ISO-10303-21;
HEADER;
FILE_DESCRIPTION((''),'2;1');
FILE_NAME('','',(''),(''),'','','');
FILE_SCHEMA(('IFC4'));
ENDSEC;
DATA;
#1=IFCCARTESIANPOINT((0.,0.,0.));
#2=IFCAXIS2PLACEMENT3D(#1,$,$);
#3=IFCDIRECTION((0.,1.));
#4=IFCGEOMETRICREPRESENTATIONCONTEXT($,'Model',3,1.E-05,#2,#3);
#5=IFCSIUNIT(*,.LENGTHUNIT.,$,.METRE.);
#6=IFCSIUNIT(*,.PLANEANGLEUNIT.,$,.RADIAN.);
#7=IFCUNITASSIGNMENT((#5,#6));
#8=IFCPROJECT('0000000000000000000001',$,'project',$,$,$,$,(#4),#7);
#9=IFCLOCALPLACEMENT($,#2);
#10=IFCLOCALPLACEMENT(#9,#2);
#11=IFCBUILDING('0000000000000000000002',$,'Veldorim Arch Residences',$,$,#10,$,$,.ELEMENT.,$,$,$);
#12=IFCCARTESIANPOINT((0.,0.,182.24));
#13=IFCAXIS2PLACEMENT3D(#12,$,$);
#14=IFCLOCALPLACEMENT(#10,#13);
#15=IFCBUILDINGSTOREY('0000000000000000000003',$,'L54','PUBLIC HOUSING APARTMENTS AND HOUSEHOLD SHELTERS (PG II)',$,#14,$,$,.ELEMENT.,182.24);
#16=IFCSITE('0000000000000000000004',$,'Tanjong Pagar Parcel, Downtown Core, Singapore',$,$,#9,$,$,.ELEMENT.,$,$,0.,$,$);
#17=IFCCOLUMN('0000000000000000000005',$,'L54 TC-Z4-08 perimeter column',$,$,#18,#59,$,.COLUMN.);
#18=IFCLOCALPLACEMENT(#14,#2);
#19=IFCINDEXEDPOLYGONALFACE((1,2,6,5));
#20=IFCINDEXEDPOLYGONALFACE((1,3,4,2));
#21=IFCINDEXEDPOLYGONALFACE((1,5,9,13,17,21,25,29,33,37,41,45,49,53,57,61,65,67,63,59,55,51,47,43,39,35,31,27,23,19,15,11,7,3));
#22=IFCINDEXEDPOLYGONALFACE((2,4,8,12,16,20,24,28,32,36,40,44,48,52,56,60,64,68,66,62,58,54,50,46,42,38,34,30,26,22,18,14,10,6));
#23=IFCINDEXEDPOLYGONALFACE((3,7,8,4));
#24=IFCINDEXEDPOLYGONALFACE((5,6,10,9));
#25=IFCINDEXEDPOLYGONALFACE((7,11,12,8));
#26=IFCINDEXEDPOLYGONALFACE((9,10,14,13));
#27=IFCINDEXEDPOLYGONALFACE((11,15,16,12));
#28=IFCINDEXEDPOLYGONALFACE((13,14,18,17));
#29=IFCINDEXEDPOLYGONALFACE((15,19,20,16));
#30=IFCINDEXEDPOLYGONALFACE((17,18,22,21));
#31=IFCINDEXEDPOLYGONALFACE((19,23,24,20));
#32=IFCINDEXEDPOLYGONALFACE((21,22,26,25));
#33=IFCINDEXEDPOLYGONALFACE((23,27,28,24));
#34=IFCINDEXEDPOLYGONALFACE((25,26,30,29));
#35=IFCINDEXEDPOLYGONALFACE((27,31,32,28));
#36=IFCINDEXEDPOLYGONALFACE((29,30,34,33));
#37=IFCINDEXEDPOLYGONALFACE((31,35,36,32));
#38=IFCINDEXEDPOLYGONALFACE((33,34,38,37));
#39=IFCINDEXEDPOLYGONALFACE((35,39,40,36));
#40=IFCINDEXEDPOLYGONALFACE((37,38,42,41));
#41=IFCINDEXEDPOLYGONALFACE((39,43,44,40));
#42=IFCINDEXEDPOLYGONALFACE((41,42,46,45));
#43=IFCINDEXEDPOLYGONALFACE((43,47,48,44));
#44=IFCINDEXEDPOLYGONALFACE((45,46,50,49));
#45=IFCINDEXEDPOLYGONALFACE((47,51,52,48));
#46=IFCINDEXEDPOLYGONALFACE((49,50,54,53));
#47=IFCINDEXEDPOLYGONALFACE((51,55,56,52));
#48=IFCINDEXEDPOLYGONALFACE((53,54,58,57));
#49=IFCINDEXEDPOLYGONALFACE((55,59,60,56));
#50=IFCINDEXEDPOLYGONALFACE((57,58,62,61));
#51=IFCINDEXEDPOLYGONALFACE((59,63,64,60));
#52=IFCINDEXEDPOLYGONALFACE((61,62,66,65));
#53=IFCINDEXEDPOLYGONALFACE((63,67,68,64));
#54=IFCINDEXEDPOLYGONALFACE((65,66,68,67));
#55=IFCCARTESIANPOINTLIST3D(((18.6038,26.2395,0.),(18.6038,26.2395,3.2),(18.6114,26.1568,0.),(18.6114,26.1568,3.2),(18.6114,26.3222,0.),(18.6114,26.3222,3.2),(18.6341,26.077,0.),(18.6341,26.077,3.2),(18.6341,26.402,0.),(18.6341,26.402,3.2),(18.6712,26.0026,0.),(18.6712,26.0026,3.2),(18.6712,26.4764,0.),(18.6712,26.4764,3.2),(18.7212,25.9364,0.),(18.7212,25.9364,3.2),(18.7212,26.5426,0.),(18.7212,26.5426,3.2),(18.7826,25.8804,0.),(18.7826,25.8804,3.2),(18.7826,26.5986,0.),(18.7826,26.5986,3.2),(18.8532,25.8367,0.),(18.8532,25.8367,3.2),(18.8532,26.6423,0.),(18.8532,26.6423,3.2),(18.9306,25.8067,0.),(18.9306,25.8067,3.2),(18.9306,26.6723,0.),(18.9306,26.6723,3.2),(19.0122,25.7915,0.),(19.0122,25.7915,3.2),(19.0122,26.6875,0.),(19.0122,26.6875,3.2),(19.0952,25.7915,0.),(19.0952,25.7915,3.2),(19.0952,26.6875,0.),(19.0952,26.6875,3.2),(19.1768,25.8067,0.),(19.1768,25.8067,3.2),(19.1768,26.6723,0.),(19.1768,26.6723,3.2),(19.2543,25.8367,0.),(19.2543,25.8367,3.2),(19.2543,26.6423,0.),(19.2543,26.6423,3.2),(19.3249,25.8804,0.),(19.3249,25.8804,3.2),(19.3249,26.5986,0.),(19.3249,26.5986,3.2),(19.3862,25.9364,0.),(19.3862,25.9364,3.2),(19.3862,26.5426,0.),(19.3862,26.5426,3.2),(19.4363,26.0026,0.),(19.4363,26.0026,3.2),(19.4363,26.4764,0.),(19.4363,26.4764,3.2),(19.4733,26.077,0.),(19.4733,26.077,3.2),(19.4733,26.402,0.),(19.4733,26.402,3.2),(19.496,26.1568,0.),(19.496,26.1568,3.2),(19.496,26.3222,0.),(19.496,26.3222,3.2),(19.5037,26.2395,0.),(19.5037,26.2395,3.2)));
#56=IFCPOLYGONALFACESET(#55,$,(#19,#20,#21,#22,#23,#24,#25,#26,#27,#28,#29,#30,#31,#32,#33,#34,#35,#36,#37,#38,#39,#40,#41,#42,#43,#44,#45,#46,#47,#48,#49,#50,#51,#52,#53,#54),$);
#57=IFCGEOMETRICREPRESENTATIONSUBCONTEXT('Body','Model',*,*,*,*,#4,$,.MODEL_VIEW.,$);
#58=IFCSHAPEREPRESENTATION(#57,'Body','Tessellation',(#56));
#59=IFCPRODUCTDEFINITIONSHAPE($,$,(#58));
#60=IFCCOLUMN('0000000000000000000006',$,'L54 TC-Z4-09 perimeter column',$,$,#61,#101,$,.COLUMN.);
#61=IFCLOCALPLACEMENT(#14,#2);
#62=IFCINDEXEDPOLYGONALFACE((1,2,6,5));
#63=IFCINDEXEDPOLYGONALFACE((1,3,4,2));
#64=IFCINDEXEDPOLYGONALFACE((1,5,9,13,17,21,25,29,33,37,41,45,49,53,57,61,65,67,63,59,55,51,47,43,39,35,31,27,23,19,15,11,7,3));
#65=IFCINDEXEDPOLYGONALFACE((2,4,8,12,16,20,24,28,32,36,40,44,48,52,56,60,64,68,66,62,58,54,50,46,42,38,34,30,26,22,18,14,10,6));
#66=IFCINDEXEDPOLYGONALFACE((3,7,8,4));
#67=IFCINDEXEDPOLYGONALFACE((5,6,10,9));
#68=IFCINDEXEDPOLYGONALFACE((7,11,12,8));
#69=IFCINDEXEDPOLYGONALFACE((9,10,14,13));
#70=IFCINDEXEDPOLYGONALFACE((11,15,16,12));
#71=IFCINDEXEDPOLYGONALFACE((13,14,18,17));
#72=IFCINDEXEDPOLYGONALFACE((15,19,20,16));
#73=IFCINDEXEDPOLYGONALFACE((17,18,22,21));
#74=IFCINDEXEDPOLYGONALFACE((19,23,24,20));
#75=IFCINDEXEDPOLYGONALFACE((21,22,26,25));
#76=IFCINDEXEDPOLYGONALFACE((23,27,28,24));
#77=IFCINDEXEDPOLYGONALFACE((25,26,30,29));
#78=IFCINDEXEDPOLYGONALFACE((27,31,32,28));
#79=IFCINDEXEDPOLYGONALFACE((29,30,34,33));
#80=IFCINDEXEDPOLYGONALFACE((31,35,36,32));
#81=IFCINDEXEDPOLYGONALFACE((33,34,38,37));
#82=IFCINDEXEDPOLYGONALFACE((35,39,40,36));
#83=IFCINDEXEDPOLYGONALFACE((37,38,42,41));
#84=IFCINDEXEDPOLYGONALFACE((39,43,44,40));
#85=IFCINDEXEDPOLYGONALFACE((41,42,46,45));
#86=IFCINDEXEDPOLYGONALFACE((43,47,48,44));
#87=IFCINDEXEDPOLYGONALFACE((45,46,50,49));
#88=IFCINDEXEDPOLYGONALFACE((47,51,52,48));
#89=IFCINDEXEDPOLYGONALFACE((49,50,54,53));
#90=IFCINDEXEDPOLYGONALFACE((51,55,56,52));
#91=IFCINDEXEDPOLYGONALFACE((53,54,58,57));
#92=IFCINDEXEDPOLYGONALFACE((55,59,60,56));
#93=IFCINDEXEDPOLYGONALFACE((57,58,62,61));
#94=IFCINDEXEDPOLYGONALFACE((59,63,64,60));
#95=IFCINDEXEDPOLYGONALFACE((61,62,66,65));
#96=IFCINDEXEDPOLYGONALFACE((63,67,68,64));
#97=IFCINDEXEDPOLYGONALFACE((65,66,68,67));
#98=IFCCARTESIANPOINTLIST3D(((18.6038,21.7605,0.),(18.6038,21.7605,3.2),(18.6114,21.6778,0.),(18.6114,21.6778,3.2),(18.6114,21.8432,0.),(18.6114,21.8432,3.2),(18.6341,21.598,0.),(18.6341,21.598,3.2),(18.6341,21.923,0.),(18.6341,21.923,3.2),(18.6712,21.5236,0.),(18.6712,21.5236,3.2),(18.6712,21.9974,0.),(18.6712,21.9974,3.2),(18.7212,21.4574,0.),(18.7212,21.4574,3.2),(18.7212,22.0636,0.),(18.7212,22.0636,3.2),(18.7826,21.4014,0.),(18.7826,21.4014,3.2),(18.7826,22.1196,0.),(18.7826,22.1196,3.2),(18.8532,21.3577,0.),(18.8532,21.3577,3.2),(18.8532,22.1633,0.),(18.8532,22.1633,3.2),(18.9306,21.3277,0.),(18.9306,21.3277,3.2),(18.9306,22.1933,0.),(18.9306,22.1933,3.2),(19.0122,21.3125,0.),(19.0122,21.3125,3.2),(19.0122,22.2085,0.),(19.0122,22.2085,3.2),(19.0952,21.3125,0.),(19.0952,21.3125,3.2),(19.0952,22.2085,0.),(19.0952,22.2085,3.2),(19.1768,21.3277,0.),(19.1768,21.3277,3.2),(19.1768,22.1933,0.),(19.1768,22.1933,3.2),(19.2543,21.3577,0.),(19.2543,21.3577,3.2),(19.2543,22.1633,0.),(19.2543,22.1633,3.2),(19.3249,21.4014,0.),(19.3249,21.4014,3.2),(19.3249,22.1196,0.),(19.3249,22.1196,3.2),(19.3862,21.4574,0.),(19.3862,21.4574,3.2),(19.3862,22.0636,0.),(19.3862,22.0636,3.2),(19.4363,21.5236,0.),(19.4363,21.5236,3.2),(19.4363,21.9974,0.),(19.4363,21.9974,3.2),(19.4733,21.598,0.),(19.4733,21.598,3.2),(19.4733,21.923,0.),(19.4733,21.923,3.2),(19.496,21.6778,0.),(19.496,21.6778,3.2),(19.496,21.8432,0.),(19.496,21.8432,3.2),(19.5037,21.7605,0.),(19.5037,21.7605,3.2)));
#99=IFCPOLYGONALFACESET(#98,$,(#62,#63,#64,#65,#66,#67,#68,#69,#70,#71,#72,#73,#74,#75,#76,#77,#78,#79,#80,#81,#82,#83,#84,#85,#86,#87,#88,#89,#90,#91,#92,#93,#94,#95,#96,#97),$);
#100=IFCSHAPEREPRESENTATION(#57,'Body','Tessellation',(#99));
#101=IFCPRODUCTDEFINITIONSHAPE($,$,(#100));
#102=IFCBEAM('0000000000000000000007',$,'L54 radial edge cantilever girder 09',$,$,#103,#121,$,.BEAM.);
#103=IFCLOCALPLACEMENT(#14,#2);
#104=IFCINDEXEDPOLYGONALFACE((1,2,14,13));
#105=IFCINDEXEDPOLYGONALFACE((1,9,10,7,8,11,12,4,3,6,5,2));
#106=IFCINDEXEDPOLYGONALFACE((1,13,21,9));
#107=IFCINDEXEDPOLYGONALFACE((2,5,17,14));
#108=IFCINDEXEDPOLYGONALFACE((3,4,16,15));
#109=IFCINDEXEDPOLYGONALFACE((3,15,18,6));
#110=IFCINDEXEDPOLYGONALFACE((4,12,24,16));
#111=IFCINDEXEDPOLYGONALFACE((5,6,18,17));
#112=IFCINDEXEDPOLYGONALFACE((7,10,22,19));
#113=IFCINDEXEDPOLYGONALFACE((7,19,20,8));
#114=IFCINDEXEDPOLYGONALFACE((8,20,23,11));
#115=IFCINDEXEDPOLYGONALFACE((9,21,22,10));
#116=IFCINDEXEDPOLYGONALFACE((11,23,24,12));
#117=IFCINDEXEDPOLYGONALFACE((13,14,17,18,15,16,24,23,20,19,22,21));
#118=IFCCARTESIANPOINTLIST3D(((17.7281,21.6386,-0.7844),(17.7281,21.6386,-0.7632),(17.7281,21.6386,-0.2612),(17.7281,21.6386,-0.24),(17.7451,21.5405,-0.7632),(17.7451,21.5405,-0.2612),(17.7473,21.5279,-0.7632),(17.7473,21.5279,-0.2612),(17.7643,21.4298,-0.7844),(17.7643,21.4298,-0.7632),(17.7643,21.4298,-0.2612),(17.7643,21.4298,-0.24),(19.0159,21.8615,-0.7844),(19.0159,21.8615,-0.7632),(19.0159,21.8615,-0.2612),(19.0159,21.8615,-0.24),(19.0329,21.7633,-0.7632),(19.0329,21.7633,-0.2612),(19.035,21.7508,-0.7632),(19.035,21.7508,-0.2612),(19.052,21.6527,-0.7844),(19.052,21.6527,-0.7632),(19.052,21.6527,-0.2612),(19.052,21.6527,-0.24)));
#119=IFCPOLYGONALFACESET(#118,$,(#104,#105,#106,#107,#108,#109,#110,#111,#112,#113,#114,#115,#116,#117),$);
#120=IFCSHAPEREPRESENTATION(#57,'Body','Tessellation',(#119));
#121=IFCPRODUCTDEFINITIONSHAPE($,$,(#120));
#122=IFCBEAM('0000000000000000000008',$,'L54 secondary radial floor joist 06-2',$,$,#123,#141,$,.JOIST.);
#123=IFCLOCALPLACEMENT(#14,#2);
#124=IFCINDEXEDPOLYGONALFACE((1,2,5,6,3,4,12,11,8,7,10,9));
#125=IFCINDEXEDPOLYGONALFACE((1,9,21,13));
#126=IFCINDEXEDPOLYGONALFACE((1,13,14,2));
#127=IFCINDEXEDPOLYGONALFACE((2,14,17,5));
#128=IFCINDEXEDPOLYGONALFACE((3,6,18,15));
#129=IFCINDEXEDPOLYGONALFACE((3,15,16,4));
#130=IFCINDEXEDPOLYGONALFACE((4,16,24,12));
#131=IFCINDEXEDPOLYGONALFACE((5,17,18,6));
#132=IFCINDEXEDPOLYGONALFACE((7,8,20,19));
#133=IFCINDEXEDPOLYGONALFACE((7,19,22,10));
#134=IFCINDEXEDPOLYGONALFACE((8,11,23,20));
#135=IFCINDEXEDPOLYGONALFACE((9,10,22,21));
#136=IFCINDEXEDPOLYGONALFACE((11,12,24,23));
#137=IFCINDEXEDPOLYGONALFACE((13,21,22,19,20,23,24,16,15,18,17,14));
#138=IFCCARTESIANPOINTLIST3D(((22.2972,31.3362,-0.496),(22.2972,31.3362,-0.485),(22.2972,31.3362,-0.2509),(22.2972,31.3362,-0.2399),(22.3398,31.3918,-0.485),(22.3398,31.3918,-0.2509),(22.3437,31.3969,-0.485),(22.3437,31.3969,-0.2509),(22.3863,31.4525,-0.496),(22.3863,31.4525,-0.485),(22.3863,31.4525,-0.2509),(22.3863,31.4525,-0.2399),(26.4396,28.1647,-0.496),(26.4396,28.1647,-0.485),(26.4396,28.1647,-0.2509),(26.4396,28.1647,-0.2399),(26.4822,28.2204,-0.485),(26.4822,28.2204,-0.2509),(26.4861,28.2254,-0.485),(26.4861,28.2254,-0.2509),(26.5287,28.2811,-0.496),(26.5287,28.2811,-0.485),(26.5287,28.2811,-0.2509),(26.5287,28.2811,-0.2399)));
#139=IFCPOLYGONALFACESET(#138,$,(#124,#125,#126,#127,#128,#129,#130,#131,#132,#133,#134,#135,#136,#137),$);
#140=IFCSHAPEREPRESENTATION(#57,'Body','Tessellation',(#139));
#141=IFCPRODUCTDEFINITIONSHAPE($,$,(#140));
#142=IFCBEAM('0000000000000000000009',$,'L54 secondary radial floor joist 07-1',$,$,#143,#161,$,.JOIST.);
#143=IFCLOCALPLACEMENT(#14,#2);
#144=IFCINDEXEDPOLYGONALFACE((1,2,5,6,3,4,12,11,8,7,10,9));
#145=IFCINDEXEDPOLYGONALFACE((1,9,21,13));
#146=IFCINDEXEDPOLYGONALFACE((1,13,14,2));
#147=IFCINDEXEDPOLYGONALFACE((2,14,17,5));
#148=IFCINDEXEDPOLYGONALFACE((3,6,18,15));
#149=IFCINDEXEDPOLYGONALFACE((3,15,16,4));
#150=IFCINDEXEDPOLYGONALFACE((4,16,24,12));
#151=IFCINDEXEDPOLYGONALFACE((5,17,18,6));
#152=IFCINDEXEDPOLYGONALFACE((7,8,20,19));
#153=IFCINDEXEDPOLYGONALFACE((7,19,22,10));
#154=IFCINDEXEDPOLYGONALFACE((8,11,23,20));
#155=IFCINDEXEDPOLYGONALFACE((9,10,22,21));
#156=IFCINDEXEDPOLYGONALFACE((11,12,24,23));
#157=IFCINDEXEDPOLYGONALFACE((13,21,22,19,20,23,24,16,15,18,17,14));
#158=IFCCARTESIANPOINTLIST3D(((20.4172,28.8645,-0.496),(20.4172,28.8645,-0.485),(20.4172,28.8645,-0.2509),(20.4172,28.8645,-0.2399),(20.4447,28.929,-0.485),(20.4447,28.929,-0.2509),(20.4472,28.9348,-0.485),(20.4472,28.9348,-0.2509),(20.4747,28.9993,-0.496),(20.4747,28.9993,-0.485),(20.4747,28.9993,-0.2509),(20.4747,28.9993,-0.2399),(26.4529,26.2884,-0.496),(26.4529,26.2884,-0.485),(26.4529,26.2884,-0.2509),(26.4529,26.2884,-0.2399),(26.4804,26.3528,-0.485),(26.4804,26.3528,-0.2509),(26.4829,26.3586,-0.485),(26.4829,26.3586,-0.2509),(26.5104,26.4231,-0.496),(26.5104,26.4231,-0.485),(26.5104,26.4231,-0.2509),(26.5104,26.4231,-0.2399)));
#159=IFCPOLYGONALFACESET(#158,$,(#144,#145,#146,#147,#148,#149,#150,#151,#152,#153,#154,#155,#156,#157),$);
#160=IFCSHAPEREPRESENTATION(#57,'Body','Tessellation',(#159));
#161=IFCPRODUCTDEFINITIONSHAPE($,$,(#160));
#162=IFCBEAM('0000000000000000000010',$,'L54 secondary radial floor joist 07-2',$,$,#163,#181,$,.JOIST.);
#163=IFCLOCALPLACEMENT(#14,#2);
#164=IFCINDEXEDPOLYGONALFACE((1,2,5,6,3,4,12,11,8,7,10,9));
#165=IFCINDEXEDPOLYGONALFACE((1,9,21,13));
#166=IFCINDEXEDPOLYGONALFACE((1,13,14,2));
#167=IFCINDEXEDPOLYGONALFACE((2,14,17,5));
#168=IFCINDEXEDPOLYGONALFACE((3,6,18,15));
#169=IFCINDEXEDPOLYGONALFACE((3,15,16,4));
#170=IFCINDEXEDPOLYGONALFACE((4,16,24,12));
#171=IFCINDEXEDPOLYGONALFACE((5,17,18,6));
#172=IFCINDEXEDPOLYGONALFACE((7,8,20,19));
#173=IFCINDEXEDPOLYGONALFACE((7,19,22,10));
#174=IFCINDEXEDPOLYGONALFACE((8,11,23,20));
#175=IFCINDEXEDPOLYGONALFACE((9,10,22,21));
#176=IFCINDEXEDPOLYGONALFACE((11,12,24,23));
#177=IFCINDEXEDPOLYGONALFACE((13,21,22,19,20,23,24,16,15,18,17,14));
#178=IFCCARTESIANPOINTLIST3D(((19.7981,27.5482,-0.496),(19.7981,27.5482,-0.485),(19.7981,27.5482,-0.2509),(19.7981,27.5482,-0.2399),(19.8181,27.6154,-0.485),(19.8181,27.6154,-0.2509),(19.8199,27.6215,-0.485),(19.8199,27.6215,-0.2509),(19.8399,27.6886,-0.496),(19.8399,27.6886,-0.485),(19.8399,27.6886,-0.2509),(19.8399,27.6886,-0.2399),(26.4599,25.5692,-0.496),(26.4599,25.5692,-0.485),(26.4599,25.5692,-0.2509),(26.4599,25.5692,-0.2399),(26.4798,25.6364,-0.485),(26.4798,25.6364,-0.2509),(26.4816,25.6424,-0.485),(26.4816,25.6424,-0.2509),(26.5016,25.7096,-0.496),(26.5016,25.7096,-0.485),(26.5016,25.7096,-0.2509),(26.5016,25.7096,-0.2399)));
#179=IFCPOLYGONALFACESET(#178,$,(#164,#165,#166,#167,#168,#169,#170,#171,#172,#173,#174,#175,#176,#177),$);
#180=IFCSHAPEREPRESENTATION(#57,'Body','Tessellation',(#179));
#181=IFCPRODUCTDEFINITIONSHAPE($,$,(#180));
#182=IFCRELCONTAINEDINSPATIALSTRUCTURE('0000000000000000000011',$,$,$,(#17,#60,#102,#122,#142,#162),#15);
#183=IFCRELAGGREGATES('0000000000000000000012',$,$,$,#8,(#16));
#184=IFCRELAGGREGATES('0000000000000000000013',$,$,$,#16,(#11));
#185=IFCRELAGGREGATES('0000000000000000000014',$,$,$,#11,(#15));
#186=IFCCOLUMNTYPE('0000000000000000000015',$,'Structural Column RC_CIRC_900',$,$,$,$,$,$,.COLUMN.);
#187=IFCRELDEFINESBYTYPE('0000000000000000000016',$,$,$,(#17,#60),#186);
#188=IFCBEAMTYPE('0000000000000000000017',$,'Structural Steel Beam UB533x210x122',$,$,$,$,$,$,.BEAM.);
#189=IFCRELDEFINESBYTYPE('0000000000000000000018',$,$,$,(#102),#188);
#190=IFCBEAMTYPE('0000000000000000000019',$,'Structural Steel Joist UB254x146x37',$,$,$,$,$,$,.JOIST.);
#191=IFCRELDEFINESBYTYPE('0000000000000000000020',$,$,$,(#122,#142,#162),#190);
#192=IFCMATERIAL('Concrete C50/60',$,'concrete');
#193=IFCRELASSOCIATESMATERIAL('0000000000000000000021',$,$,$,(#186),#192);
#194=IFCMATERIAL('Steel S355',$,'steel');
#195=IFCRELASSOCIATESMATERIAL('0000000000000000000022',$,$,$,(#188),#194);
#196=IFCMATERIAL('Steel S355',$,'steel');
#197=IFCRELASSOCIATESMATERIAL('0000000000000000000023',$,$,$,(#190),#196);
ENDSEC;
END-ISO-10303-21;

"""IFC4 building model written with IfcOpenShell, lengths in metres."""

from ifc_helpers import new_model, si_unit, direction, frame, origin, origin_2d, place, context, subcontext, project, spatial, circle, i_section, extrude, material, material_profile, profile_set, type_object, element, save


model = new_model("IFC4")

# Units and contexts
model_context = context("Model", 3, precision=1e-05, world=origin(), true_north=direction((0.0, 1.0)))
body_context = subcontext(model_context, "Body", "Model", "MODEL_VIEW")
ifc_project = project(units=[si_unit("LENGTHUNIT", "METRE"), si_unit("PLANEANGLEUNIT", "RADIAN")], contexts=[model_context])

# Site, building, storey
site_placement = place(None, origin())
site = spatial("IfcSite", under=ifc_project, at=site_placement, Name="Tanjong Pagar Parcel, Downtown Core, Singapore", CompositionType="ELEMENT", RefElevation=0.0)
building_placement = place(site_placement, origin())
building = spatial("IfcBuilding", under=site, at=building_placement, Name="Veldorim Arch Residences", CompositionType="ELEMENT")
storey_placement = place(building_placement, frame((0.0, 0.0, 182.24)))
storey = spatial("IfcBuildingStorey", under=building, at=storey_placement, Name="L54", Description="PUBLIC HOUSING APARTMENTS AND HOUSEHOLD SHELTERS (PG II)", CompositionType="ELEMENT", Elevation=182.24)

# Columns
ifc_material_1 = material(Name="Concrete C50/60", Category="concrete")
ifc_material_profile_1 = material_profile(ifc_material_1, circle(Radius=0.45, at=origin_2d()), Name="RC_CIRC_900")
ifc_profile_set_1 = profile_set([ifc_material_profile_1], Name="Concrete C50/60")
column_type = type_object("IfcColumnType", Name="Structural Column RC_CIRC_900", PredefinedType="COLUMN", material=ifc_profile_set_1)
for number, where, z_axis, x_axis, name in (
    (1, (19.0537, 26.2395, 0.0), (0.0, 0.0, 1.0), (1.0, 0.0, 0.0), "L54 TC-Z4-08 perimeter column"),
    (2, (19.0537, 21.7605, 0.0), (0.0, 0.0, 1.0), (1.0, 0.0, 0.0), "L54 TC-Z4-09 perimeter column"),
):
    element("IfcColumn", number, at=place(storey_placement, frame(where, z_axis=z_axis, x_axis=x_axis)), inside=storey, type_object=column_type, Name=name, PredefinedType="COLUMN", context=body_context, shape_type="SweptSolid", body=[
        extrude(circle(Radius=0.45, at=origin_2d()), origin(), (0.0, 0.0, 1.0), 3.2),
    ])

# Beams
ifc_material_2 = material(Name="Steel S355", Category="steel")
ifc_material_profile_2 = material_profile(ifc_material_2, i_section(OverallWidth=0.2119, OverallDepth=0.5444, WebThickness=0.0127, FlangeThickness=0.0212, at=origin_2d()), Name="UB533x210x122")
ifc_profile_set_2 = profile_set([ifc_material_profile_2], Name="Steel S355")
beam_type_1 = type_object("IfcBeamType", Name="Structural Steel Beam UB533x210x122", PredefinedType="BEAM", material=ifc_profile_set_2)
beam_1_placement = place(storey_placement, frame((19.0339, 21.7571, -0.5122), z_axis=(-0.98535, -0.170545, 0.0), x_axis=(0.170545, -0.98535, 0.0)))
element("IfcBeam", 3, at=beam_1_placement, inside=storey, type_object=beam_type_1, Name="L54 radial edge cantilever girder 09", PredefinedType="BEAM", context=body_context, shape_type="SweptSolid", body=[
    extrude(i_section(OverallWidth=0.2119, OverallDepth=0.5444, WebThickness=0.0127, FlangeThickness=0.0212, at=origin_2d()), origin(), (0.0, 0.0, 1.0), 1.3069),
])
ifc_material_3 = material(Name="Steel S355", Category="steel")
ifc_material_profile_3 = material_profile(ifc_material_3, i_section(OverallWidth=0.1465, OverallDepth=0.2561, WebThickness=0.0063, FlangeThickness=0.011, at=origin_2d()), Name="UB254x146x37")
ifc_profile_set_3 = profile_set([ifc_material_profile_3], Name="Steel S355")
beam_type_2 = type_object("IfcBeamType", Name="Structural Steel Joist UB254x146x37", PredefinedType="JOIST", material=ifc_profile_set_3)
beam_2_placement = place(storey_placement, frame((26.4841, 28.2229, -0.3679), z_axis=(-0.794014, 0.6079, 0.0), x_axis=(-0.6079, -0.794014, 0.0)))
element("IfcBeam", 4, at=beam_2_placement, inside=storey, type_object=beam_type_2, Name="L54 secondary radial floor joist 06-2", PredefinedType="JOIST", context=body_context, shape_type="SweptSolid", body=[
    extrude(i_section(OverallWidth=0.1465, OverallDepth=0.2561, WebThickness=0.0063, FlangeThickness=0.011, at=origin_2d()), origin(), (0.0, 0.0, 1.0), 5.217),
])
beam_3_placement = place(storey_placement, frame((26.4817, 26.3557, -0.3679), z_axis=(-0.919725, 0.392563, 0.0), x_axis=(-0.392563, -0.919725, 0.0)))
element("IfcBeam", 5, at=beam_3_placement, inside=storey, type_object=beam_type_2, Name="L54 secondary radial floor joist 07-1", PredefinedType="JOIST", context=body_context, shape_type="SweptSolid", body=[
    extrude(i_section(OverallWidth=0.1465, OverallDepth=0.2561, WebThickness=0.0063, FlangeThickness=0.011, at=origin_2d()), origin(), (0.0, 0.0, 1.0), 6.5625),
])
beam_4_placement = place(storey_placement, frame((26.4807, 25.6394, -0.3679), z_axis=(-0.958594, 0.284775, 0.0), x_axis=(-0.284775, -0.958594, 0.0)))
element("IfcBeam", 6, at=beam_4_placement, inside=storey, type_object=beam_type_2, Name="L54 secondary radial floor joist 07-2", PredefinedType="JOIST", context=body_context, shape_type="SweptSolid", body=[
    extrude(i_section(OverallWidth=0.1465, OverallDepth=0.2561, WebThickness=0.0063, FlangeThickness=0.011, at=origin_2d()), origin(), (0.0, 0.0, 1.0), 6.9495),
])

save(model, "model.ifc")
